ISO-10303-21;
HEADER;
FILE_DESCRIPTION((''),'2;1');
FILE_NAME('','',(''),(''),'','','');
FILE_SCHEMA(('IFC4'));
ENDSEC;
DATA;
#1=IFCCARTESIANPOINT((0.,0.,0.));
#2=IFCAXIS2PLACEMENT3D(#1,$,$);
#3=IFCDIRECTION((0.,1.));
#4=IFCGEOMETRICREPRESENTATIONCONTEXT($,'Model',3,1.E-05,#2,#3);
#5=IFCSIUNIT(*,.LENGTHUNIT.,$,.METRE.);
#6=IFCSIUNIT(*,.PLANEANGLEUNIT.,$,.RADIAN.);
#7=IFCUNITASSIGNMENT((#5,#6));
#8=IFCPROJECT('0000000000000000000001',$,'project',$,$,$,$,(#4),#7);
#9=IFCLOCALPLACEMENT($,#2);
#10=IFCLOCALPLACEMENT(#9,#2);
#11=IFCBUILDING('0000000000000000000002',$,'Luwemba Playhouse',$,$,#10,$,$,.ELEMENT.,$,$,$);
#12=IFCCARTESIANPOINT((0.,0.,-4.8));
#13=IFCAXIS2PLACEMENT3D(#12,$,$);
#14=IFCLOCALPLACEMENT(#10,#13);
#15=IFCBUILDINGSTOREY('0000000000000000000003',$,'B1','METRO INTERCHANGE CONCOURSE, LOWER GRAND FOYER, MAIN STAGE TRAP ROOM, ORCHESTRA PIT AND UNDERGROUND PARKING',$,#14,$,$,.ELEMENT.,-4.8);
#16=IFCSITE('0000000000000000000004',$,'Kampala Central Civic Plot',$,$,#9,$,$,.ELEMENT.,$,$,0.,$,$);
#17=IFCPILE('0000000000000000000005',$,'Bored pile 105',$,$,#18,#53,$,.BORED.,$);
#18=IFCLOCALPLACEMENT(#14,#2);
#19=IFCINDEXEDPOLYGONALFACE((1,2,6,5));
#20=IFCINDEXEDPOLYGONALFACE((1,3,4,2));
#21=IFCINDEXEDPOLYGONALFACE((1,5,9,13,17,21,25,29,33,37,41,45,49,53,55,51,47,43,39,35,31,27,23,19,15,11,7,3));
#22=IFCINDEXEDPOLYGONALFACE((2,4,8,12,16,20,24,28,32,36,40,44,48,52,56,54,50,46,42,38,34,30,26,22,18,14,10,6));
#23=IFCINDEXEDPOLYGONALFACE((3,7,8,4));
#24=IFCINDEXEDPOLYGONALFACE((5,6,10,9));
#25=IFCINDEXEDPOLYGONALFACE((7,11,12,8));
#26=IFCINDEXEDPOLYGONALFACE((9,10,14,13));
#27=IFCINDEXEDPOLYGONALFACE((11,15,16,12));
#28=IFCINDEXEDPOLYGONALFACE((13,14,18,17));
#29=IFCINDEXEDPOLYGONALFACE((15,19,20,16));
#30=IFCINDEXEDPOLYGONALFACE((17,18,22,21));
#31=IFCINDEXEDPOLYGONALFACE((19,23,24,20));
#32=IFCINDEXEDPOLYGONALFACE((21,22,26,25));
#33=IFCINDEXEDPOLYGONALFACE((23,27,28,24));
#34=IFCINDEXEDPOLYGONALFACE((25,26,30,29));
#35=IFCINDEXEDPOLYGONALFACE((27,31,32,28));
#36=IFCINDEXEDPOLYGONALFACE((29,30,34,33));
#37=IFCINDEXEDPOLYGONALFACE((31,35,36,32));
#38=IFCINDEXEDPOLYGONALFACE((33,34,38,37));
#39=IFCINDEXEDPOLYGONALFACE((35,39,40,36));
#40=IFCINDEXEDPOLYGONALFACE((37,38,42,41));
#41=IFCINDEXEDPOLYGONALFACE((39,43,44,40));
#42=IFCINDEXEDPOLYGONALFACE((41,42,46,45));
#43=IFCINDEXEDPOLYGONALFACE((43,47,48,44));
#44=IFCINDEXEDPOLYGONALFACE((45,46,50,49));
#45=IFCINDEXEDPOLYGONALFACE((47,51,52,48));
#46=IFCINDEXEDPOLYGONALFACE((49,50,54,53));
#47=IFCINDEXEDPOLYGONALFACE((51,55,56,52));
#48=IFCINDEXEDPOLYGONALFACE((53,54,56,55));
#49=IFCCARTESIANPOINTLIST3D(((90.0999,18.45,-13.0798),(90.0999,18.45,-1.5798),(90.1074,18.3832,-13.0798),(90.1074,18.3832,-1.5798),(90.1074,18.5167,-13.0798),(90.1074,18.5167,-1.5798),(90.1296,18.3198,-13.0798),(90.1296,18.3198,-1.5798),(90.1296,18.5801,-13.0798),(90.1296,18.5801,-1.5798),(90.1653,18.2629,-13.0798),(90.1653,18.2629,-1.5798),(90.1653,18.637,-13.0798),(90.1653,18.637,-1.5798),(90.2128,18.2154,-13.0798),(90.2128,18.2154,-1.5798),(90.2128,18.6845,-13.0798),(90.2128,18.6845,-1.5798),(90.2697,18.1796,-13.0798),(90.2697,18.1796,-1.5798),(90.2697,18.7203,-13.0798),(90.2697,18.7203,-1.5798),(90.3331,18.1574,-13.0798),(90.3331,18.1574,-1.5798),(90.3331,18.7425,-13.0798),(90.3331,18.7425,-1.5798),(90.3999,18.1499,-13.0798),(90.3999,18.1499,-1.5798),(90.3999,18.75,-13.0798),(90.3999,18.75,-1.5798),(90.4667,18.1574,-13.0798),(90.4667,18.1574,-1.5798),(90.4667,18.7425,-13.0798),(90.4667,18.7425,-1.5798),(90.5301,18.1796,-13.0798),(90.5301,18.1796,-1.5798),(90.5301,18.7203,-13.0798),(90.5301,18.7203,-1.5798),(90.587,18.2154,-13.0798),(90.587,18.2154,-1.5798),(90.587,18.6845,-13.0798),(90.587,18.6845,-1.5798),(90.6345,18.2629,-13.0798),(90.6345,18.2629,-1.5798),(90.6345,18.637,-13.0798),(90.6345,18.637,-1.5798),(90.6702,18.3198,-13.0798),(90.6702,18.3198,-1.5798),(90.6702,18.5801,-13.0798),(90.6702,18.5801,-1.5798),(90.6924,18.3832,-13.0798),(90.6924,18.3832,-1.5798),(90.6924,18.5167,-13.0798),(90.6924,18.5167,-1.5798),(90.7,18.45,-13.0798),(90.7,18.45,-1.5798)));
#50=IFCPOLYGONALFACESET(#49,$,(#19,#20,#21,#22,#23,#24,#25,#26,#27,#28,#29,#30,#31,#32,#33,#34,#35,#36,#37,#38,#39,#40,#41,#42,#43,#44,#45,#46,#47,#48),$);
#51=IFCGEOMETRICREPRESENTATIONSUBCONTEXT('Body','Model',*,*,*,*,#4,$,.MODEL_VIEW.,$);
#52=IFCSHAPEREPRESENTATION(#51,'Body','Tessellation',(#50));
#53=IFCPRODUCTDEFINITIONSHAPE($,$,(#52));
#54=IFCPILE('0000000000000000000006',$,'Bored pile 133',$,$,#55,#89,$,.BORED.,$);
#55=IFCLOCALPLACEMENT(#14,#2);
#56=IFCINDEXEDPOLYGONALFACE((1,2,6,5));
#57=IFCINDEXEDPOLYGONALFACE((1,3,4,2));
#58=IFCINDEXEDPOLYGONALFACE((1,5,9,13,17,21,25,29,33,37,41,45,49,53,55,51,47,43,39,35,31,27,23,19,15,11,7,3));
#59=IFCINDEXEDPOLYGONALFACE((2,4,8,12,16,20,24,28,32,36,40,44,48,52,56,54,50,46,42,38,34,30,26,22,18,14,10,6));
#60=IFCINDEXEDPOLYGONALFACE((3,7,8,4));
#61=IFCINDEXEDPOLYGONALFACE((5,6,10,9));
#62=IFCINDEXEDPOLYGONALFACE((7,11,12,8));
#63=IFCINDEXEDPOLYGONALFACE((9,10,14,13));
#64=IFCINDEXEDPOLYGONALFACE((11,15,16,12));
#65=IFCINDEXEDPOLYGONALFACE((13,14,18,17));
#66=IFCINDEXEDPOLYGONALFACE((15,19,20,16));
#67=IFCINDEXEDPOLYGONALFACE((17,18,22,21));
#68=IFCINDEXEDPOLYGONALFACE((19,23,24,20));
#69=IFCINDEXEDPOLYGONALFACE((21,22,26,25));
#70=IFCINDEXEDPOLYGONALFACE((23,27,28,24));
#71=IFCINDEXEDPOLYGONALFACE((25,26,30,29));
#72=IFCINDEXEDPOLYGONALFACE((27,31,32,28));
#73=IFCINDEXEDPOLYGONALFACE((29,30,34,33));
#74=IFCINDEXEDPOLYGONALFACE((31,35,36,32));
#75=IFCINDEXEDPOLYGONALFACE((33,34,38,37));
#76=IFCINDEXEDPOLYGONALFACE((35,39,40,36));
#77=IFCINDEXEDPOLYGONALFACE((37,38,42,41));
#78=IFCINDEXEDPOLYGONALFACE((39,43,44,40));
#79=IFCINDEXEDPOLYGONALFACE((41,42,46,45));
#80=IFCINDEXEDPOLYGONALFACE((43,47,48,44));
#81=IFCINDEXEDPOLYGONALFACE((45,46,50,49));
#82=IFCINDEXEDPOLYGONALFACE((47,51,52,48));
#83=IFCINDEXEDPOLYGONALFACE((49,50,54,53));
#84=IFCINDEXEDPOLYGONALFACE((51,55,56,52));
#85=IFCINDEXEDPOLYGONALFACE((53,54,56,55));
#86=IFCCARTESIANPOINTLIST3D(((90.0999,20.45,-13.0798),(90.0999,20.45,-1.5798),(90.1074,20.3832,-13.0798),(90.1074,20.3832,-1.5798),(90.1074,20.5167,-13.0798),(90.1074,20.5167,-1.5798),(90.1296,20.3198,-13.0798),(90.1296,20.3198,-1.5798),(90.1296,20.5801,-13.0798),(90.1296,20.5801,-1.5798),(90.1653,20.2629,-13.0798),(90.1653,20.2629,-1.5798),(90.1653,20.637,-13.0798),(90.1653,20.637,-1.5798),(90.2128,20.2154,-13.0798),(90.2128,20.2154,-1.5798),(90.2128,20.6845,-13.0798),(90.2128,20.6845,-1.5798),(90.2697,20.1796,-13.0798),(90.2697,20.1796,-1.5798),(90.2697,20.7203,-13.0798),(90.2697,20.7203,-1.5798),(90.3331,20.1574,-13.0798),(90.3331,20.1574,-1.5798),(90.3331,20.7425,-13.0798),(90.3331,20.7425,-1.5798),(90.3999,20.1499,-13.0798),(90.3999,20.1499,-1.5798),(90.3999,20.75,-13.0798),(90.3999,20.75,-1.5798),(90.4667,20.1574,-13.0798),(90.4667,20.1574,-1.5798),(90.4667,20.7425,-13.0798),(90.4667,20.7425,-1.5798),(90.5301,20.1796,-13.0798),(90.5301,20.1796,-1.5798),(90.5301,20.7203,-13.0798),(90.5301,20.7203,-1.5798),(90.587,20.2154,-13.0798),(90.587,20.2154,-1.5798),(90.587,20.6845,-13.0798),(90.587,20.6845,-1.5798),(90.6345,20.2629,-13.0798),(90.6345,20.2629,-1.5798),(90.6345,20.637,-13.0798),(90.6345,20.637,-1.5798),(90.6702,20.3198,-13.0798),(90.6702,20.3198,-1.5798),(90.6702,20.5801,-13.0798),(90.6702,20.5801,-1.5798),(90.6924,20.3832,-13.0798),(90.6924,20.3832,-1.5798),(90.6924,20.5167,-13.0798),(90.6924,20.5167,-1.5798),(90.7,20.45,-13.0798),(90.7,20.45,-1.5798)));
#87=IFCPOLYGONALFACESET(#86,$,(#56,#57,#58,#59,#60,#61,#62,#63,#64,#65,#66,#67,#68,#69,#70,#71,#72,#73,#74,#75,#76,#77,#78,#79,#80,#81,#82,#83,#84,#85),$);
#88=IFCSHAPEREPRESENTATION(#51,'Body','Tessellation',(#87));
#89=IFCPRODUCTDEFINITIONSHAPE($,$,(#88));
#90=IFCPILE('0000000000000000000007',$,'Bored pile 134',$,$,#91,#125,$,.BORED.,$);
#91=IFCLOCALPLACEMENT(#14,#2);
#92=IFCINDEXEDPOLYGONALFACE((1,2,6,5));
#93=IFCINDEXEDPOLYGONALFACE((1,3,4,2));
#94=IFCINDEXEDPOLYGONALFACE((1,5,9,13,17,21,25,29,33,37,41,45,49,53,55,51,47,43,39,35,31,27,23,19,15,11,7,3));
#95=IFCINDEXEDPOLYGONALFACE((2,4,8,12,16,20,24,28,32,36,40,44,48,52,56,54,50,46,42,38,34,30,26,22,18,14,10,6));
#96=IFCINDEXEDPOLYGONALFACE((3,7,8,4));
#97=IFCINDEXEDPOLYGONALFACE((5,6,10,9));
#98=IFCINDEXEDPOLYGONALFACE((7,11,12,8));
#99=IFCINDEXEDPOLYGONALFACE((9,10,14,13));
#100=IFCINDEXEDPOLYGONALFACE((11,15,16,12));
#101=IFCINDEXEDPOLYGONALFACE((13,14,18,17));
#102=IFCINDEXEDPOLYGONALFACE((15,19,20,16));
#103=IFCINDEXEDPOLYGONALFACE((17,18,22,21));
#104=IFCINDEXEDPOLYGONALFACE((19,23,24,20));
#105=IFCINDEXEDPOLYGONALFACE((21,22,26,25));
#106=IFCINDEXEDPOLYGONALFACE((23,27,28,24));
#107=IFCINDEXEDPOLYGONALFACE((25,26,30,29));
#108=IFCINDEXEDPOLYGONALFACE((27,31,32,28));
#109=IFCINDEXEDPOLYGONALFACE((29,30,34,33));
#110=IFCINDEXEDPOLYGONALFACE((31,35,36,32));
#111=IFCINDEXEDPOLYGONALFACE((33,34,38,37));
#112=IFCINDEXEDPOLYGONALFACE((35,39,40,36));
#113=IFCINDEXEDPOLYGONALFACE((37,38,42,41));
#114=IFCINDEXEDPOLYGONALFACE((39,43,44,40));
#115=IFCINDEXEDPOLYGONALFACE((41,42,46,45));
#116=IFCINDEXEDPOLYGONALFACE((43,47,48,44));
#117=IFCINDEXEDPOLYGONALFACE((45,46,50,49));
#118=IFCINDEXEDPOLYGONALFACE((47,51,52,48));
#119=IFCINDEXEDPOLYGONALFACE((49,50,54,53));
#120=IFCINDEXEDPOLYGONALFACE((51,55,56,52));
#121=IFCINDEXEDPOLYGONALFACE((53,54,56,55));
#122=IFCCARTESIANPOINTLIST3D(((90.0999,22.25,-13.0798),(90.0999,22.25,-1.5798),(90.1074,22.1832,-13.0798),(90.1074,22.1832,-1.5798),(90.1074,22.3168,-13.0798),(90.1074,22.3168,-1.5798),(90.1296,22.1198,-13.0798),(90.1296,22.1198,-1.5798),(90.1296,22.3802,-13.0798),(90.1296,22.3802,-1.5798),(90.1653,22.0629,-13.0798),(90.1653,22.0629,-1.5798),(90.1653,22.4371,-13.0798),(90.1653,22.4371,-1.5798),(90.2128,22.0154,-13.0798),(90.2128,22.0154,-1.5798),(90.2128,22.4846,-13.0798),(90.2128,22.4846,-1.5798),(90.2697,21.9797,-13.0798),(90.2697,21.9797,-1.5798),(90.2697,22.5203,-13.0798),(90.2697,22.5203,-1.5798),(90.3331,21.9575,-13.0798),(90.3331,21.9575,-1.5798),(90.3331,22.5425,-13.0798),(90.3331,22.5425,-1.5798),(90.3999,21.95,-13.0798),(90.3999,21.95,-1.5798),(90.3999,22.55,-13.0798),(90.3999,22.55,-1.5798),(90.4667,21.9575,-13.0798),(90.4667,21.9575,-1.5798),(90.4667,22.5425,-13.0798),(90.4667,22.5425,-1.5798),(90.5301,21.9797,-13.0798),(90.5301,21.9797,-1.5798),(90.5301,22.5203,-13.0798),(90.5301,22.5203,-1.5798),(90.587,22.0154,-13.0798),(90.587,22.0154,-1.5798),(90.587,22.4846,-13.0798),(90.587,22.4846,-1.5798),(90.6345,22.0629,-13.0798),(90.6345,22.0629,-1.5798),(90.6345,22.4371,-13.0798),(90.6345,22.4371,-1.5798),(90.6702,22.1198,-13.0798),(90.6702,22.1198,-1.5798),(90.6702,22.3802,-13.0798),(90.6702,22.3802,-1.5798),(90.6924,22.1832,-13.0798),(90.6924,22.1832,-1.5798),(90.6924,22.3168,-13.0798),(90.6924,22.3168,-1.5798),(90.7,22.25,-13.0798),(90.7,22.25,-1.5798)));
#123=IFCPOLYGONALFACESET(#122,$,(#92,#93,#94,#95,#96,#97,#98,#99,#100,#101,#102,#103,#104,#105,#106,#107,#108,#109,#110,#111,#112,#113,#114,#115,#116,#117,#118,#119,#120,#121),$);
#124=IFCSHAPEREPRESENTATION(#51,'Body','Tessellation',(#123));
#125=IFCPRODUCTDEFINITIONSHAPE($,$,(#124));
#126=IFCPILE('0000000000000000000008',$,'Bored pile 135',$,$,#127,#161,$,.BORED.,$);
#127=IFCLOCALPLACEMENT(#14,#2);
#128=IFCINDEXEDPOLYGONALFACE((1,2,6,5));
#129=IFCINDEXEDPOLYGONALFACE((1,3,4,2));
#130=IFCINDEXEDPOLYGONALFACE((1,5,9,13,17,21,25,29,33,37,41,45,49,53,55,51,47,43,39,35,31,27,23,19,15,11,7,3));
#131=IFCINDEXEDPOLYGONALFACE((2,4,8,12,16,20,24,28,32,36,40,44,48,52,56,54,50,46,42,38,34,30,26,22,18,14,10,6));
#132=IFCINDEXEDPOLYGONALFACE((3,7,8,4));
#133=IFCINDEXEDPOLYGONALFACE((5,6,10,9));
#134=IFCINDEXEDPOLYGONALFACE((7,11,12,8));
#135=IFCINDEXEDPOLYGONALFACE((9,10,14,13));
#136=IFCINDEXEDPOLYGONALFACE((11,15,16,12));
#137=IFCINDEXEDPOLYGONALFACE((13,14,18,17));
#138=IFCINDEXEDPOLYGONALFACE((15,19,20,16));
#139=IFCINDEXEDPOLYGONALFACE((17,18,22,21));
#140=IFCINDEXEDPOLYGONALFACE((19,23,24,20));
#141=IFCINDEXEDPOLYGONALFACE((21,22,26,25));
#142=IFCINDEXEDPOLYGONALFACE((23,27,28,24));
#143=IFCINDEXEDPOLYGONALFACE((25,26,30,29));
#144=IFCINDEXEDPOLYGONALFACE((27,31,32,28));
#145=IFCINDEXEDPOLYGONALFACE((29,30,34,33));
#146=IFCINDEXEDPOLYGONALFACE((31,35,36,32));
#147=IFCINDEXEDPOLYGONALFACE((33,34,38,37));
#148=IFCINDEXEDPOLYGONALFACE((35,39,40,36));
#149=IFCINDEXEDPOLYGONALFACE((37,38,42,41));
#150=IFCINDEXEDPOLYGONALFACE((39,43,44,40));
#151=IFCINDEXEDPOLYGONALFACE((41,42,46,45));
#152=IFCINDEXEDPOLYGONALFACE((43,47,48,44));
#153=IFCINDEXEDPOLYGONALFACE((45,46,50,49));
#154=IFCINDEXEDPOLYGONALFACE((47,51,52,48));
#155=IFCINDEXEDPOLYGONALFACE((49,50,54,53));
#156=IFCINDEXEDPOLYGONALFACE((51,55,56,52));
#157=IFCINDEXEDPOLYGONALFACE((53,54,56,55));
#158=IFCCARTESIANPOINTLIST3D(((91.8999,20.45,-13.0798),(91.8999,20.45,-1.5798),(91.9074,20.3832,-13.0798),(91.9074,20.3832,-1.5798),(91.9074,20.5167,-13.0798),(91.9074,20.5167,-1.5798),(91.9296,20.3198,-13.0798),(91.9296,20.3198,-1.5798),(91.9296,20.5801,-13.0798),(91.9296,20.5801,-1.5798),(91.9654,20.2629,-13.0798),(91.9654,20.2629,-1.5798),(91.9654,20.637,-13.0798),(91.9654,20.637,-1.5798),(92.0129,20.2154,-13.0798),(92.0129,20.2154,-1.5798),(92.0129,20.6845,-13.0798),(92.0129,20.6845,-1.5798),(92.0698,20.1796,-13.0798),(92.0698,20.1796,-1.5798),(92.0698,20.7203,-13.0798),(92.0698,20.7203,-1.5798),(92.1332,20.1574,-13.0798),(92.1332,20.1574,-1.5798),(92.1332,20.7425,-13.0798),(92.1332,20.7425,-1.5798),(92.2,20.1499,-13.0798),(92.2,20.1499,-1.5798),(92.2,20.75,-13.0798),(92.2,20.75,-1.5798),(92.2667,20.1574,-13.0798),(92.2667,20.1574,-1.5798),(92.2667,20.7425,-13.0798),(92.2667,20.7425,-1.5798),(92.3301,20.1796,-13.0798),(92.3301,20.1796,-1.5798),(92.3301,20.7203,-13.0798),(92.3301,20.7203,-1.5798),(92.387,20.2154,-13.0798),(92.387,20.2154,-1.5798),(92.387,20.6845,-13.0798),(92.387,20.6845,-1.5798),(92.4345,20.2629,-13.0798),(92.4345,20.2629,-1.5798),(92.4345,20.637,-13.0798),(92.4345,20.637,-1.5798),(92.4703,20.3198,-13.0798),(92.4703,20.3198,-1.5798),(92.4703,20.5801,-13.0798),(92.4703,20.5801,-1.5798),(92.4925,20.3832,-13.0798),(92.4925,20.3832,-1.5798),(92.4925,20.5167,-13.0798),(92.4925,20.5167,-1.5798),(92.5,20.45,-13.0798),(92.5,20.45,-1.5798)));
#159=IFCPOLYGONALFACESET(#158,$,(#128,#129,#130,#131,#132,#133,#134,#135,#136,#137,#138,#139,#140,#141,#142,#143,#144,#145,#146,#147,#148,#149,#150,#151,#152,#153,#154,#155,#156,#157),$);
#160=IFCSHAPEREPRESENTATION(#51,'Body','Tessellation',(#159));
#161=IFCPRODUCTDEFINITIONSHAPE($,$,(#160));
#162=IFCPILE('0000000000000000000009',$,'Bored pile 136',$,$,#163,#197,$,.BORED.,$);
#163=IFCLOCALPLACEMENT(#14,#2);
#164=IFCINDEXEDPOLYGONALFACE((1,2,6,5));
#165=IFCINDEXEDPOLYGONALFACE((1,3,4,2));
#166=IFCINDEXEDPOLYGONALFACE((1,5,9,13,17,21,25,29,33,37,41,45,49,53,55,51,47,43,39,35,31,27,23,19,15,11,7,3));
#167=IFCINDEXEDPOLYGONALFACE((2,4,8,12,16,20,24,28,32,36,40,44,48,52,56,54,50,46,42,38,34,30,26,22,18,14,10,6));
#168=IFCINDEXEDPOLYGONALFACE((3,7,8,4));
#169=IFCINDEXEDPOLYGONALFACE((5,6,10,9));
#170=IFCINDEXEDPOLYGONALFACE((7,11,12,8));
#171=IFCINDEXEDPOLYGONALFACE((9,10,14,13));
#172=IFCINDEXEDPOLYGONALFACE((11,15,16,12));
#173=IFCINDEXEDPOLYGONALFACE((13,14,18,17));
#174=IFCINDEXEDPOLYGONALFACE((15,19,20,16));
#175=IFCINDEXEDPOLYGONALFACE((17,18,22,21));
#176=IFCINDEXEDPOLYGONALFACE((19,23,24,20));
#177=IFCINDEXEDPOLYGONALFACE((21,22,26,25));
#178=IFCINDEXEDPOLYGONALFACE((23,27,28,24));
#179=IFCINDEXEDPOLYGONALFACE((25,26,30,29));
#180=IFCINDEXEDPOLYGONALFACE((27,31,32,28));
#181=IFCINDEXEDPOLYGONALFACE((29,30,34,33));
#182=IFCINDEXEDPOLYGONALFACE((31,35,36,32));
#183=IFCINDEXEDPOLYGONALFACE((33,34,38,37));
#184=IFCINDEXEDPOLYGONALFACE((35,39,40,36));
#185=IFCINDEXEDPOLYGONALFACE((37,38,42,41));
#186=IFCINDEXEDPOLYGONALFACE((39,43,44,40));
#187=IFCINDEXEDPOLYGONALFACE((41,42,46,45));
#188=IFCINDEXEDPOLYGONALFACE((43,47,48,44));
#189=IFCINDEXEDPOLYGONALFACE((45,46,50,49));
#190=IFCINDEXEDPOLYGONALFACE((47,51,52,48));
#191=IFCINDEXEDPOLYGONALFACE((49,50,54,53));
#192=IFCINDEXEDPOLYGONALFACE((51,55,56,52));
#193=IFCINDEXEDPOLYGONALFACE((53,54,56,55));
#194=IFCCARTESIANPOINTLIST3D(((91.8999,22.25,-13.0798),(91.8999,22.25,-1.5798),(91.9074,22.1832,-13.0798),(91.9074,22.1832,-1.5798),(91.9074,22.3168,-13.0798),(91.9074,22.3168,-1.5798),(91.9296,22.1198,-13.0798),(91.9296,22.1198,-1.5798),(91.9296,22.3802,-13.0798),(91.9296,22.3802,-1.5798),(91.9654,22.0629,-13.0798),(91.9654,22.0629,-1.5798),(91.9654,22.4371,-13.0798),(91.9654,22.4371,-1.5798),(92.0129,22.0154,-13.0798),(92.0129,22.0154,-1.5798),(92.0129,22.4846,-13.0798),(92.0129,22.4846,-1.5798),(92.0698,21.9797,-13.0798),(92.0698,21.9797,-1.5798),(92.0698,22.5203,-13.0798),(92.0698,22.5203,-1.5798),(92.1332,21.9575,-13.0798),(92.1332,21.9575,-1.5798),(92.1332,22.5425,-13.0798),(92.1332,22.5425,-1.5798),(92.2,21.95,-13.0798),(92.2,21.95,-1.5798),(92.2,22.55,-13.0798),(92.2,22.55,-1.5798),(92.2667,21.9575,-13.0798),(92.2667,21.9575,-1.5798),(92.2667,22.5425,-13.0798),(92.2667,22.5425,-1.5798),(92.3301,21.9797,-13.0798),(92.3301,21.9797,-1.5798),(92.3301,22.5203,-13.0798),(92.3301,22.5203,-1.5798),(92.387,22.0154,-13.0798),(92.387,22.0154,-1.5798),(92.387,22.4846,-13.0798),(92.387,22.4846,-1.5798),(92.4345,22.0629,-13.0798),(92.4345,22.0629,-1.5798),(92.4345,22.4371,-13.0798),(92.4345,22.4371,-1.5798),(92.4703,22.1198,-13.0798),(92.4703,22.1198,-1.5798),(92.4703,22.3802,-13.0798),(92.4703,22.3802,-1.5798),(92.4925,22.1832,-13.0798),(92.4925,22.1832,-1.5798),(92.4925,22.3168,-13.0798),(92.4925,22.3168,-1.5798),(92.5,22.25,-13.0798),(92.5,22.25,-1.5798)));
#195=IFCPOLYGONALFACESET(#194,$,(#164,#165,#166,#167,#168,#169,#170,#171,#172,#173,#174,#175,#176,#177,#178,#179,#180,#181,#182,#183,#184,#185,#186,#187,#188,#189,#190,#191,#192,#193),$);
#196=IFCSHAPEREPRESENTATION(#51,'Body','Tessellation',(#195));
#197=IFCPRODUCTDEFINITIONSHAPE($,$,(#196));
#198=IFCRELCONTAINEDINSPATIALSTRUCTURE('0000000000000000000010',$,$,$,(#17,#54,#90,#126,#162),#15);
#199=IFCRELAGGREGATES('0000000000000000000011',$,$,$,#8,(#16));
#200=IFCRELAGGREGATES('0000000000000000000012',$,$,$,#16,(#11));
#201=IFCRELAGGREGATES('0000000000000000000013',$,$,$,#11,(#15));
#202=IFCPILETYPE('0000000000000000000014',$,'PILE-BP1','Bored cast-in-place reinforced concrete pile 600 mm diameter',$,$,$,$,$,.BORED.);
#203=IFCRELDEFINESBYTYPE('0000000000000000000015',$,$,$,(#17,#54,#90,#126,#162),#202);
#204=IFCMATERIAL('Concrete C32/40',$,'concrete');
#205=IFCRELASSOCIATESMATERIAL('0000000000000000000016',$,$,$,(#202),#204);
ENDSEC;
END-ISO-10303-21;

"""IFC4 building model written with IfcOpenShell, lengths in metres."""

from ifc_helpers import new_model, si_unit, direction, frame, origin, origin_2d, place, context, subcontext, project, spatial, circle, extrude, material, material_profile, profile_set, type_object, element, save


model = new_model("IFC4")

# Units and contexts
model_context = context("Model", 3, precision=1e-05, world=origin(), true_north=direction((0.0, 1.0)))
body_context = subcontext(model_context, "Body", "Model", "MODEL_VIEW")
ifc_project = project(units=[si_unit("LENGTHUNIT", "METRE"), si_unit("PLANEANGLEUNIT", "RADIAN")], contexts=[model_context])

# Site, building, storey
site_placement = place(None, origin())
site = spatial("IfcSite", under=ifc_project, at=site_placement, Name="Kampala Central Civic Plot", CompositionType="ELEMENT", RefElevation=0.0)
building_placement = place(site_placement, origin())
building = spatial("IfcBuilding", under=site, at=building_placement, Name="Luwemba Playhouse", CompositionType="ELEMENT")
storey_placement = place(building_placement, frame((0.0, 0.0, -4.8)))
storey = spatial("IfcBuildingStorey", under=building, at=storey_placement, Name="B1", Description="METRO INTERCHANGE CONCOURSE, LOWER GRAND FOYER, MAIN STAGE TRAP ROOM, ORCHESTRA PIT AND UNDERGROUND PARKING", CompositionType="ELEMENT", Elevation=-4.8)

# Shared definitions
ifc_material_1 = material(Name="Concrete C32/40", Category="concrete")

# Piles
ifc_material_profile_1 = material_profile(ifc_material_1, circle(Radius=0.3, at=origin_2d()))
ifc_profile_set_1 = profile_set([ifc_material_profile_1], Name="Concrete C32/40")
pile_type = type_object("IfcPileType", Name="PILE-BP1", Description="Bored cast-in-place reinforced concrete pile 600 mm diameter", PredefinedType="BORED", material=ifc_profile_set_1)
for number, where, z_axis, x_axis, name in (
    (1, (90.3999, 18.45, -1.5798), (0.0, 0.0, -1.0), (1.0, 0.0, 0.0), "Bored pile 105"),
    (2, (90.3999, 20.45, -1.5798), (0.0, 0.0, -1.0), (1.0, 0.0, 0.0), "Bored pile 133"),
    (3, (90.3999, 22.25, -1.5798), (0.0, 0.0, -1.0), (1.0, 0.0, 0.0), "Bored pile 134"),
    (4, (92.2, 20.45, -1.5798), (0.0, 0.0, -1.0), (1.0, 0.0, 0.0), "Bored pile 135"),
    (5, (92.2, 22.25, -1.5798), (0.0, 0.0, -1.0), (1.0, 0.0, 0.0), "Bored pile 136"),
):
    element("IfcPile", number, at=place(storey_placement, frame(where, z_axis=z_axis, x_axis=x_axis)), inside=storey, type_object=pile_type, Name=name, PredefinedType="BORED", context=body_context, shape_type="SweptSolid", body=[
        extrude(circle(Radius=0.3, at=origin_2d()), origin(), (0.0, 0.0, 1.0), 11.5),
    ])

save(model, "model.ifc")
